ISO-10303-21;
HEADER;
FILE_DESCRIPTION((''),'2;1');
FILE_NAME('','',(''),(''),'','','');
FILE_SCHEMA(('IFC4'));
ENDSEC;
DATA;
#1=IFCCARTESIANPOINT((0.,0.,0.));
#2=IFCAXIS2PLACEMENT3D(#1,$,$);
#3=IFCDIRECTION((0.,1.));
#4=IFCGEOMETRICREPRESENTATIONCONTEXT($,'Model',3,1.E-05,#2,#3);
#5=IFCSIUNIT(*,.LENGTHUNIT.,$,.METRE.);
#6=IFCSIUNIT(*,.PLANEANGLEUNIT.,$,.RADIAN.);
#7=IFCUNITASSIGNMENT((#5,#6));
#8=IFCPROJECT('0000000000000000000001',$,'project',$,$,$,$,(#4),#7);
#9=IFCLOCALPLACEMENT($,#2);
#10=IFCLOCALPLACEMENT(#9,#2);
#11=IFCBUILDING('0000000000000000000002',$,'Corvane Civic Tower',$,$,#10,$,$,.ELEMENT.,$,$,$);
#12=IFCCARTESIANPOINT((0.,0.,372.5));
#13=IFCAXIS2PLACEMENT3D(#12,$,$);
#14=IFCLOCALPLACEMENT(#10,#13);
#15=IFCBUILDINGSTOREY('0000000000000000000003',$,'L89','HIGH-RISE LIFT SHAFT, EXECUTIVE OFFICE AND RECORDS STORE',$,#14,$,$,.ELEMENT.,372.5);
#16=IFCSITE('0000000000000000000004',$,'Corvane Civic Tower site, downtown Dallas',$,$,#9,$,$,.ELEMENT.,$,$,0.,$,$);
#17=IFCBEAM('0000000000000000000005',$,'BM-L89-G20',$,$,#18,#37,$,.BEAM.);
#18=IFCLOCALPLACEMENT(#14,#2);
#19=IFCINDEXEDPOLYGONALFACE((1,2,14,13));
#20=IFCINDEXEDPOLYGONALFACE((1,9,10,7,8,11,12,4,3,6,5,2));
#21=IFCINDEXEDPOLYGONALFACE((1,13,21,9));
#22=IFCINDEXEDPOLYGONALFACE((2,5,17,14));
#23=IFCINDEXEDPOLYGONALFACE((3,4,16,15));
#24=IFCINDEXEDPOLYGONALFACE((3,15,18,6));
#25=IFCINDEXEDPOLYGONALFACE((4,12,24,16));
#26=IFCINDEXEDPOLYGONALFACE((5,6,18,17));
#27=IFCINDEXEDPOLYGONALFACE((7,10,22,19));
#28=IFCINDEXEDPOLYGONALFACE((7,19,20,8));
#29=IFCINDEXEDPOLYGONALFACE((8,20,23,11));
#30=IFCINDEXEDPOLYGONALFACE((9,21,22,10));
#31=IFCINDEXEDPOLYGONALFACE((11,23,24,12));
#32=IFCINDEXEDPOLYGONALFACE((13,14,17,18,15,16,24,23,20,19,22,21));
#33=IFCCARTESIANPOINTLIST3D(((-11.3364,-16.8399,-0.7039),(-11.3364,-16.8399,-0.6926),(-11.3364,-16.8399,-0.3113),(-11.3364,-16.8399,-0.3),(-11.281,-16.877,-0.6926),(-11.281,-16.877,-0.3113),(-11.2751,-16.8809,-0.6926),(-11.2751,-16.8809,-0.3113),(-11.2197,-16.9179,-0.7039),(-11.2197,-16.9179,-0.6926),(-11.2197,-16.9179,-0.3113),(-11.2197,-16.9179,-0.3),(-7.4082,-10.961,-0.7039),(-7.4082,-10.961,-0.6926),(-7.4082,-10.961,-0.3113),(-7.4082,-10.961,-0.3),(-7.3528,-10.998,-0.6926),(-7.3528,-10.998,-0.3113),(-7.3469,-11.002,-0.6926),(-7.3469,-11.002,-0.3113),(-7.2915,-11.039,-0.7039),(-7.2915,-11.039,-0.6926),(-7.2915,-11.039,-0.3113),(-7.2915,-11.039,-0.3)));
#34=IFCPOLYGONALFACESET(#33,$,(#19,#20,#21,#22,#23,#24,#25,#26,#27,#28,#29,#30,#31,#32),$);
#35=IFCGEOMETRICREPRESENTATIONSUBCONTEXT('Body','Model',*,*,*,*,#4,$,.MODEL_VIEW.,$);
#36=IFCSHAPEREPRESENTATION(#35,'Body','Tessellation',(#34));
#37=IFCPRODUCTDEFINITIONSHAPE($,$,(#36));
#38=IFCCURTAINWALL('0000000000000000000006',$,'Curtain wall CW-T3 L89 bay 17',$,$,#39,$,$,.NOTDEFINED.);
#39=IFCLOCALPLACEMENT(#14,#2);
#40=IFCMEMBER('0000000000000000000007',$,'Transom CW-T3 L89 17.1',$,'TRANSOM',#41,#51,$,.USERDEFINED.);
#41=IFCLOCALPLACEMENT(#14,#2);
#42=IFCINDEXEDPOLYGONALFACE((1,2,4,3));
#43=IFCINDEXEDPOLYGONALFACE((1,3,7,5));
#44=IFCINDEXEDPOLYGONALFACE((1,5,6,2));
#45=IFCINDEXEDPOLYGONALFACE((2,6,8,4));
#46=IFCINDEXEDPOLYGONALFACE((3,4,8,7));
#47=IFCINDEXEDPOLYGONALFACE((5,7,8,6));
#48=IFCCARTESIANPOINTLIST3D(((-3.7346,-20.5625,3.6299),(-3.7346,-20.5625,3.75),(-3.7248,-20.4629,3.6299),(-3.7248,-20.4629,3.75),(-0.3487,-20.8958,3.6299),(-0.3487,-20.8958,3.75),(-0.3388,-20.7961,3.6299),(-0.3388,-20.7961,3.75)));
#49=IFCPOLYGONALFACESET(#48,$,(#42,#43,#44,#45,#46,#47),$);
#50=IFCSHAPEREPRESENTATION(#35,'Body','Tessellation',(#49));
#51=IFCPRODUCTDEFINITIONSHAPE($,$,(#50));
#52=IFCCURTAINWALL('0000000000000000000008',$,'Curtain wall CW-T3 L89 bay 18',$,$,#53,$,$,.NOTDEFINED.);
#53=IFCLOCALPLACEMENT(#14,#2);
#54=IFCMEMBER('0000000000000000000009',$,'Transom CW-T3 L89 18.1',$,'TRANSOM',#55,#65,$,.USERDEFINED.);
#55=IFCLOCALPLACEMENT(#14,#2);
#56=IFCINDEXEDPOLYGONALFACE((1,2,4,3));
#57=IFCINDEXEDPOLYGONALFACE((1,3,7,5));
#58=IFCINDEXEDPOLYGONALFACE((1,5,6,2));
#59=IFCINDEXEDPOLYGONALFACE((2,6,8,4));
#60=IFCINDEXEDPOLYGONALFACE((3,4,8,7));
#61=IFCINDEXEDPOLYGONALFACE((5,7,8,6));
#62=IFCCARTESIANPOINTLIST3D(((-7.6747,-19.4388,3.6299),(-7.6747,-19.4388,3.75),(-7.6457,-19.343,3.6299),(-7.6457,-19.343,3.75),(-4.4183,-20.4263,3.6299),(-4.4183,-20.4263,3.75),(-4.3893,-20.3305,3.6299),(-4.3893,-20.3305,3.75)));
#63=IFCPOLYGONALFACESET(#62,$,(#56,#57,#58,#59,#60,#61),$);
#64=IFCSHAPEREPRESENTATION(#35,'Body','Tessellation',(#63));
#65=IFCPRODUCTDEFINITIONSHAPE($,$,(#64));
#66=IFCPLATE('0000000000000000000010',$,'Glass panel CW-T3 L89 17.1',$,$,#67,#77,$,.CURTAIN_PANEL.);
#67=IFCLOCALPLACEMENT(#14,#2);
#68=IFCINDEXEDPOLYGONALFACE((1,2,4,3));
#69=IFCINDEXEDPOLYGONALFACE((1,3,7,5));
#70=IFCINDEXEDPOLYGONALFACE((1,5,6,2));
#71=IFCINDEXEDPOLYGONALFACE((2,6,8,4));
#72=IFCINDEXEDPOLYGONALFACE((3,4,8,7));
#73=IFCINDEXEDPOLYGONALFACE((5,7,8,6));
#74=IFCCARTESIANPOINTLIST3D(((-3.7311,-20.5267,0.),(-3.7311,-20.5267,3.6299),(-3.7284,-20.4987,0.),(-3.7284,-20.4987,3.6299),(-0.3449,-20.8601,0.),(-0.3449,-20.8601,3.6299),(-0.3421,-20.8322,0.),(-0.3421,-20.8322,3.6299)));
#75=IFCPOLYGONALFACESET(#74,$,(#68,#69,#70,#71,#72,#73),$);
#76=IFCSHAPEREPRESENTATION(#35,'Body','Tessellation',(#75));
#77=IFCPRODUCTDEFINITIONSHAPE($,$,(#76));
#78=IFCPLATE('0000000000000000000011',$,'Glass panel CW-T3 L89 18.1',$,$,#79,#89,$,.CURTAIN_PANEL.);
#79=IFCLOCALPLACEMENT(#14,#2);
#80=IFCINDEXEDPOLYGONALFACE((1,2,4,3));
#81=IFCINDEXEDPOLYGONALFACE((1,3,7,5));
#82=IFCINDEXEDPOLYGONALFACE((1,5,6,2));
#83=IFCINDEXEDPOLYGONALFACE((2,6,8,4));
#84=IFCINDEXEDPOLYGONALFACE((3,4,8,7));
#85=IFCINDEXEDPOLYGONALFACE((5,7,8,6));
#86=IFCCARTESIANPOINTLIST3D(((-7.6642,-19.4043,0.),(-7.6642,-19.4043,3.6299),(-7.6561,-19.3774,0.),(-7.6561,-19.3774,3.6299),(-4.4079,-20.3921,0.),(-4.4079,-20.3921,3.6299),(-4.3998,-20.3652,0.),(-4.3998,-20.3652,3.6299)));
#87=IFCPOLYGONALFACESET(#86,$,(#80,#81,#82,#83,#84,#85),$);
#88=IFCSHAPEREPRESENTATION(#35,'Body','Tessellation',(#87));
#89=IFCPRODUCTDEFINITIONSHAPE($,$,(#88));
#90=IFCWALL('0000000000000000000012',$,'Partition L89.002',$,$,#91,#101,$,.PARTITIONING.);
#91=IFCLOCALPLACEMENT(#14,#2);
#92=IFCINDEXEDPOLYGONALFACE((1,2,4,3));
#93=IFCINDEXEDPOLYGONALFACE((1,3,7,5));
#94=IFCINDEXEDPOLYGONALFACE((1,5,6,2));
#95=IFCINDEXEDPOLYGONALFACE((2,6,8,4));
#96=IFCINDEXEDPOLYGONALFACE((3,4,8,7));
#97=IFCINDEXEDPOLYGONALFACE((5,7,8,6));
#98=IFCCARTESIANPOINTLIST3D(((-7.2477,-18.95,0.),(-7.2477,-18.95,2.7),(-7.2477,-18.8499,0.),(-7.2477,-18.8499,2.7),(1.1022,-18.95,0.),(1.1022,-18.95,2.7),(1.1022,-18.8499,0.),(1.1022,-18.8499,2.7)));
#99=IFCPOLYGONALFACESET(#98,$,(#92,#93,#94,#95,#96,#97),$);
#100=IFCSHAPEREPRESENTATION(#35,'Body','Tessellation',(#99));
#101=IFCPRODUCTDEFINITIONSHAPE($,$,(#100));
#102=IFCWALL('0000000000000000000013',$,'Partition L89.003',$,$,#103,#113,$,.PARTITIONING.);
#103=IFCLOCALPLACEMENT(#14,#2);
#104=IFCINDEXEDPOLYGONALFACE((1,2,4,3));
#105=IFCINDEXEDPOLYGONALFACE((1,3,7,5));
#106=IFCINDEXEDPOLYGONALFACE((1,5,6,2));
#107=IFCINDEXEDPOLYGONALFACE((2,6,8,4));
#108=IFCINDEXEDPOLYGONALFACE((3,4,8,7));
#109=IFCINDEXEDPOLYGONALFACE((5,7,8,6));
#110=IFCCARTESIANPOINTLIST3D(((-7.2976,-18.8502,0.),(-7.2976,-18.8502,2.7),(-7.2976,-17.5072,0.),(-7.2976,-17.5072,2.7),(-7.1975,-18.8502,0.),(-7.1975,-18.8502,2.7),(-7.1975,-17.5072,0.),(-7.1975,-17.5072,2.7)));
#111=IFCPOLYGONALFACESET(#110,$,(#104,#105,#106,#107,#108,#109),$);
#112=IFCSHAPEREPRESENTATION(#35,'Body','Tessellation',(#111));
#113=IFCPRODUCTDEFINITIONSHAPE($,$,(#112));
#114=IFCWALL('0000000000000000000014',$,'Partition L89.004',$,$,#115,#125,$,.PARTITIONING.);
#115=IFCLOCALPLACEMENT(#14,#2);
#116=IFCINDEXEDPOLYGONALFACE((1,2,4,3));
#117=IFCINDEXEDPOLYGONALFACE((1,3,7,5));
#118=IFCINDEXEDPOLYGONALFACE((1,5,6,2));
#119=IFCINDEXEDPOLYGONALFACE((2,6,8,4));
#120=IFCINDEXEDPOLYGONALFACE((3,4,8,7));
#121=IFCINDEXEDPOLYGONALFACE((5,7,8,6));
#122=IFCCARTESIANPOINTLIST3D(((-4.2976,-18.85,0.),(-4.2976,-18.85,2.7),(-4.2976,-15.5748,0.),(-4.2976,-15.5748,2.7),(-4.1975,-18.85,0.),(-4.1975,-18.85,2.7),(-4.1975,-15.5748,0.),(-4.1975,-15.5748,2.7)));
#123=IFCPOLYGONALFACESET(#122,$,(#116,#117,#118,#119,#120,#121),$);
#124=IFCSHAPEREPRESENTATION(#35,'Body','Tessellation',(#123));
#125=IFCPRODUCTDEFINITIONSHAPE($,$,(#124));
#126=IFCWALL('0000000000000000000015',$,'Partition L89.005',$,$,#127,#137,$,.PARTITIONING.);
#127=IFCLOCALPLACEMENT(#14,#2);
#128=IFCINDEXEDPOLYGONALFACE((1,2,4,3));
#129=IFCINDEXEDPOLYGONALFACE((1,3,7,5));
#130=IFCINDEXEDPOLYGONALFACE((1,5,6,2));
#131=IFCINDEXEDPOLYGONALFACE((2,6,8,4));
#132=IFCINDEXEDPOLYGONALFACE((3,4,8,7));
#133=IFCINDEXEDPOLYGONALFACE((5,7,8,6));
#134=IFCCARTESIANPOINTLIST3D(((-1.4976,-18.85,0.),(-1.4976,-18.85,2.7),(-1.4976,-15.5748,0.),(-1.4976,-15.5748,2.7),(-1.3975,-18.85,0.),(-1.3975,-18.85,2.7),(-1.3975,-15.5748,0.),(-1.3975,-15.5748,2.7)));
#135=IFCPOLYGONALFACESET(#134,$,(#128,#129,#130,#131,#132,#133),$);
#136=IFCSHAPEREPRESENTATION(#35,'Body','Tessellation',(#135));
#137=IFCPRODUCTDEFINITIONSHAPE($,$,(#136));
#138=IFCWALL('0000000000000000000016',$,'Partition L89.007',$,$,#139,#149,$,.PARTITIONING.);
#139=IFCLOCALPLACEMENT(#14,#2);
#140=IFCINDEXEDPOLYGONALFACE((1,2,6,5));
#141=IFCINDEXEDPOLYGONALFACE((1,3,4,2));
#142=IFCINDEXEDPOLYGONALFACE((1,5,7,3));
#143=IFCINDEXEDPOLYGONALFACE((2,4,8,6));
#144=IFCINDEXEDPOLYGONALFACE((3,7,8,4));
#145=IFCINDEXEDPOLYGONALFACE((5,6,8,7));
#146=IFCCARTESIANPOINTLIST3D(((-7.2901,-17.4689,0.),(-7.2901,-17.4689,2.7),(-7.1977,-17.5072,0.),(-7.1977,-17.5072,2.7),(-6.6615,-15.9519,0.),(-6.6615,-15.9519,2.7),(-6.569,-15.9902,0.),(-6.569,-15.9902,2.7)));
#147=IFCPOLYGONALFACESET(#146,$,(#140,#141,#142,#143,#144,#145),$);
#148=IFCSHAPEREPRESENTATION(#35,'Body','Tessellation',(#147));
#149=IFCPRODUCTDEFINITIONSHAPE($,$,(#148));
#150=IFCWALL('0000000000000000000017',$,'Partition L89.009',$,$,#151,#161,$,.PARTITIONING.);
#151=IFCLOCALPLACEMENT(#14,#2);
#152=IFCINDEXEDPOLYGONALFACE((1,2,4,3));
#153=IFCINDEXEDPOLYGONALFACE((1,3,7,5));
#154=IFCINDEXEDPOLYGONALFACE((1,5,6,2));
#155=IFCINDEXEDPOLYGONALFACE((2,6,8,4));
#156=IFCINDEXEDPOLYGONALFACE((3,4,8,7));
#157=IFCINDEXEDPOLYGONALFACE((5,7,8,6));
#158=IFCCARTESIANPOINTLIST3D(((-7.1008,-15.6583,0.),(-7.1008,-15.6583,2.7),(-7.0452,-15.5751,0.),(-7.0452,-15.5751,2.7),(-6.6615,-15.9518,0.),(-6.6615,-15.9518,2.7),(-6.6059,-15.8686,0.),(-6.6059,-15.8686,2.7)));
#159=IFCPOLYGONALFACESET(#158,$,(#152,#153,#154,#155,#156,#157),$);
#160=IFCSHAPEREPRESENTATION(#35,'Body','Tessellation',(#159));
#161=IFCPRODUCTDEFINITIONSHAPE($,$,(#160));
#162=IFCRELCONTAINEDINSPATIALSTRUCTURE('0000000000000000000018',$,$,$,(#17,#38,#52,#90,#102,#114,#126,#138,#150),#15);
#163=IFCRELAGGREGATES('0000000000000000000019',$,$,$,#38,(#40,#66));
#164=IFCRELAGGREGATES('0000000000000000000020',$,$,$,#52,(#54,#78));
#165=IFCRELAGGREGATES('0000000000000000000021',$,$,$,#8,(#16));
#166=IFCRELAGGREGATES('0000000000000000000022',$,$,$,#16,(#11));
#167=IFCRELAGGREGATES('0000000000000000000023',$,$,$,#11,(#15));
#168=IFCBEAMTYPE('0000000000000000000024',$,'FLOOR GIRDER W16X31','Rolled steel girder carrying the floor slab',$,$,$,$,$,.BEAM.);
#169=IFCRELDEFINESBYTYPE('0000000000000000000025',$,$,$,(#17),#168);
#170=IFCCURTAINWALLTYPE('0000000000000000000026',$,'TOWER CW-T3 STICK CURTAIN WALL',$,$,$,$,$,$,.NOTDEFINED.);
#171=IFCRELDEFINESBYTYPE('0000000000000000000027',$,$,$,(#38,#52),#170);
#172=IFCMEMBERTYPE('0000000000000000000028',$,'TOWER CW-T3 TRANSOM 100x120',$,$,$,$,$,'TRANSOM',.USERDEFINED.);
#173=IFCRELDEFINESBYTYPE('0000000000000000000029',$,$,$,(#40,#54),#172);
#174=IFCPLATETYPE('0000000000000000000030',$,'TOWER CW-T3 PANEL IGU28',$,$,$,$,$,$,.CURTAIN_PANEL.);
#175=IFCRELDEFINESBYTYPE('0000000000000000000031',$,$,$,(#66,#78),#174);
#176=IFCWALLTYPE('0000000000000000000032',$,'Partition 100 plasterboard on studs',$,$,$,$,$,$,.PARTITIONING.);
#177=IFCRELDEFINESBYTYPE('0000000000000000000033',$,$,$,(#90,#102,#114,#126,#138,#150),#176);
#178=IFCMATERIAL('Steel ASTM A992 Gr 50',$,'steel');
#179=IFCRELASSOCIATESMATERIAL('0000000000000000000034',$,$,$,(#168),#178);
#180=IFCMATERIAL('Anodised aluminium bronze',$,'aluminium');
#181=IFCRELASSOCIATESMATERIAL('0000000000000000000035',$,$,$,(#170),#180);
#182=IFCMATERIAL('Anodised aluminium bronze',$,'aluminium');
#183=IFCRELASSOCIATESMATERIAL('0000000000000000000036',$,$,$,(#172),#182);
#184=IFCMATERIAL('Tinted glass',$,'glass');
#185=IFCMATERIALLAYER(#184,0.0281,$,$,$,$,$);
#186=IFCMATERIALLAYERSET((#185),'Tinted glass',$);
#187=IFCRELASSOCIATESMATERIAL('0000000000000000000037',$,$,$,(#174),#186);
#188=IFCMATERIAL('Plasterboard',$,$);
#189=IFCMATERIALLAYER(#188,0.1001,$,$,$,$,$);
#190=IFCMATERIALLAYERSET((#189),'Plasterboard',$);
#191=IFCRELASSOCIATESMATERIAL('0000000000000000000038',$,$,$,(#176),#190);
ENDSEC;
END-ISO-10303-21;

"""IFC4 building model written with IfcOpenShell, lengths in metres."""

from ifc_helpers import new_model, si_unit, direction, frame, frame_2d, origin, origin_2d, place, context, subcontext, project, spatial, rectangle, i_section, extrude, material, layer, layer_set, material_profile, profile_set, type_object, element, aggregate, save


model = new_model("IFC4")

# Units and contexts
model_context = context("Model", 3, precision=1e-05, world=origin(), true_north=direction((0.0, 1.0)))
body_context = subcontext(model_context, "Body", "Model", "MODEL_VIEW")
ifc_project = project(units=[si_unit("LENGTHUNIT", "METRE"), si_unit("PLANEANGLEUNIT", "RADIAN")], contexts=[model_context])

# Site, building, storey
site_placement = place(None, origin())
site = spatial("IfcSite", under=ifc_project, at=site_placement, Name="Corvane Civic Tower site, downtown Dallas", CompositionType="ELEMENT", RefElevation=0.0)
building_placement = place(site_placement, origin())
building = spatial("IfcBuilding", under=site, at=building_placement, Name="Corvane Civic Tower", CompositionType="ELEMENT")
storey_placement = place(building_placement, frame((0.0, 0.0, 372.5)))
storey = spatial("IfcBuildingStorey", under=building, at=storey_placement, Name="L89", Description="HIGH-RISE LIFT SHAFT, EXECUTIVE OFFICE AND RECORDS STORE", CompositionType="ELEMENT", Elevation=372.5)

# Beam
ifc_material_1 = material(Name="Steel ASTM A992 Gr 50", Category="steel")
ifc_material_profile_1 = material_profile(ifc_material_1, i_section(OverallWidth=0.1404, OverallDepth=0.4038, WebThickness=0.0071, FlangeThickness=0.0112, at=origin_2d()), Name="W16X31")
ifc_profile_set_1 = profile_set([ifc_material_profile_1], Name="Steel ASTM A992 Gr 50")
beam_type_1 = type_object("IfcBeamType", Name="FLOOR GIRDER W16X31", Description="Rolled steel girder carrying the floor slab", PredefinedType="BEAM", material=ifc_profile_set_1)
beam_1_placement = place(storey_placement, frame((-7.3499, -11.0, -0.502), z_axis=(-0.555576, -0.831465, 0.0), x_axis=(0.831465, -0.555576, 0.0)))
element("IfcBeam", 1, at=beam_1_placement, inside=storey, type_object=beam_type_1, Name="BM-L89-G20", PredefinedType="BEAM", context=body_context, shape_type="SweptSolid", body=[
    extrude(i_section(OverallWidth=0.1404, OverallDepth=0.4038, WebThickness=0.0071, FlangeThickness=0.0112, at=origin_2d()), origin(), (0.0, 0.0, 1.0), 7.0706),
])

# Curtain walls, members
ifc_material_2 = material(Name="Anodised aluminium bronze", Category="aluminium")
curtain_wall_type = type_object("IfcCurtainWallType", Name="TOWER CW-T3 STICK CURTAIN WALL", PredefinedType="NOTDEFINED", material=ifc_material_2)
curtain_wall_1_placement = place(storey_placement, origin())
curtain_wall_1 = element("IfcCurtainWall", 2, at=curtain_wall_1_placement, inside=storey, type_object=curtain_wall_type, Name="Curtain wall CW-T3 L89 bay 17", PredefinedType="NOTDEFINED")
ifc_material_3 = material(Name="Anodised aluminium bronze", Category="aluminium")
ifc_material_profile_2 = material_profile(ifc_material_3, rectangle(XDim=0.1001, YDim=0.1201, at=origin_2d()), Name="TOWER CW-T3 TRANSOM 100x120")
ifc_profile_set_2 = profile_set([ifc_material_profile_2], Name="Anodised aluminium bronze")
member_type = type_object("IfcMemberType", Name="TOWER CW-T3 TRANSOM 100x120", ElementType="TRANSOM", PredefinedType="USERDEFINED", material=ifc_profile_set_2)
member_1_placement = place(storey_placement, frame((-0.3438, -20.8459, 3.6899), z_axis=(-0.995192, 0.097948, 0.0), x_axis=(-0.097948, -0.995192, 0.0)))
member_1 = element("IfcMember", 3, at=member_1_placement, type_object=member_type, Name="Transom CW-T3 L89 17.1", ObjectType="TRANSOM", PredefinedType="USERDEFINED", context=body_context, shape_type="SweptSolid", body=[
    extrude(rectangle(XDim=0.1001, YDim=0.1201, at=origin_2d()), origin(), (0.0, 0.0, 1.0), 3.4023),
])
curtain_wall_2_placement = place(storey_placement, origin())
curtain_wall_2 = element("IfcCurtainWall", 4, at=curtain_wall_2_placement, inside=storey, type_object=curtain_wall_type, Name="Curtain wall CW-T3 L89 bay 18", PredefinedType="NOTDEFINED")
member_2_placement = place(storey_placement, frame((-4.4038, -20.3784, 3.6899), z_axis=(-0.956961, 0.290216, 0.0), x_axis=(-0.290216, -0.956961, 0.0)))
member_2 = element("IfcMember", 5, at=member_2_placement, type_object=member_type, Name="Transom CW-T3 L89 18.1", ObjectType="TRANSOM", PredefinedType="USERDEFINED", context=body_context, shape_type="SweptSolid", body=[
    extrude(rectangle(XDim=0.1001, YDim=0.1201, at=origin_2d()), origin(), (0.0, 0.0, 1.0), 3.4028),
])

# Plates
ifc_material_4 = material(Name="Tinted glass", Category="glass")
ifc_layer_1 = layer(ifc_material_4, 0.0281)
ifc_layer_set_1 = layer_set([ifc_layer_1], Name="Tinted glass")
plate_type = type_object("IfcPlateType", Name="TOWER CW-T3 PANEL IGU28", PredefinedType="CURTAIN_PANEL", material=ifc_layer_set_1)
plate_1_placement = place(storey_placement, frame((-2.0366, -20.6794, 0.0), z_axis=(0.0, 0.0, 1.0), x_axis=(-0.995187, 0.097998, 0.0)))
plate_1 = element("IfcPlate", 6, at=plate_1_placement, type_object=plate_type, Name="Glass panel CW-T3 L89 17.1", PredefinedType="CURTAIN_PANEL", context=body_context, shape_type="SweptSolid", body=[
    extrude(rectangle(XDim=3.4026, YDim=0.0281, at=origin_2d()), origin(), (0.0, 0.0, 1.0), 3.6299),
])
aggregate(curtain_wall_1, [member_1, plate_1])
plate_2_placement = place(storey_placement, frame((-6.032, -19.8848, 0.0), z_axis=(0.0, 0.0, 1.0), x_axis=(-0.956939, 0.29029, 0.0)))
plate_2 = element("IfcPlate", 7, at=plate_2_placement, type_object=plate_type, Name="Glass panel CW-T3 L89 18.1", PredefinedType="CURTAIN_PANEL", context=body_context, shape_type="SweptSolid", body=[
    extrude(rectangle(XDim=3.4028, YDim=0.0281, at=origin_2d()), origin(), (0.0, 0.0, 1.0), 3.6299),
])
aggregate(curtain_wall_2, [member_2, plate_2])

# Walls
ifc_material_5 = material(Name="Plasterboard")
ifc_layer_2 = layer(ifc_material_5, 0.1001)
ifc_layer_set_2 = layer_set([ifc_layer_2], Name="Plasterboard")
wall_type = type_object("IfcWallType", Name="Partition 100 plasterboard on studs", PredefinedType="PARTITIONING", material=ifc_layer_set_2)
wall_1_placement = place(storey_placement, frame((-7.2476, -18.8999, 0.0), z_axis=(0.0, 0.0, 1.0), x_axis=(1.0, 0.0, 0.0)))
element("IfcWall", 8, at=wall_1_placement, inside=storey, type_object=wall_type, Name="Partition L89.002", PredefinedType="PARTITIONING", context=body_context, shape_type="SweptSolid", body=[
    extrude(rectangle(XDim=8.3499, YDim=0.1001, at=frame_2d((4.1748, 0.0))), origin(), (0.0, 0.0, 1.0), 2.7),
])
wall_2_placement = place(storey_placement, frame((-7.2476, -18.8501, 0.0), z_axis=(0.0, 0.0, 1.0), x_axis=(0.0, 1.0, 0.0)))
element("IfcWall", 9, at=wall_2_placement, inside=storey, type_object=wall_type, Name="Partition L89.003", PredefinedType="PARTITIONING", context=body_context, shape_type="SweptSolid", body=[
    extrude(rectangle(XDim=1.343, YDim=0.1001, at=frame_2d((0.6714, 0.0))), origin(), (0.0, 0.0, 1.0), 2.7),
])
for number, where, z_axis, x_axis, name in (
    (10, (-4.2476, -18.8501, 0.0), (0.0, 0.0, 1.0), (0.0, 1.0, 0.0), "Partition L89.004"),
    (11, (-1.4475, -18.8501, 0.0), (0.0, 0.0, 1.0), (0.0, 1.0, 0.0), "Partition L89.005"),
):
    element("IfcWall", number, at=place(storey_placement, frame(where, z_axis=z_axis, x_axis=x_axis)), inside=storey, type_object=wall_type, Name=name, PredefinedType="PARTITIONING", context=body_context, shape_type="SweptSolid", body=[
        extrude(rectangle(XDim=3.2751, YDim=0.1001, at=frame_2d((1.6377, 0.0))), origin(), (0.0, 0.0, 1.0), 2.7),
    ])
wall_3_placement = place(storey_placement, frame((-7.2439, -17.488, 0.0), z_axis=(0.0, 0.0, 1.0), x_axis=(0.38282, 0.923823, 0.0)))
element("IfcWall", 12, at=wall_3_placement, inside=storey, type_object=wall_type, Name="Partition L89.007", PredefinedType="PARTITIONING", context=body_context, shape_type="SweptSolid", body=[
    extrude(rectangle(XDim=1.6421, YDim=0.1001, at=frame_2d((0.821, 0.0))), origin(), (0.0, 0.0, 1.0), 2.7),
])
wall_4_placement = place(storey_placement, frame((-7.073, -15.6167, 0.0), z_axis=(0.0, 0.0, 1.0), x_axis=(0.831481, -0.555553, 0.0)))
element("IfcWall", 13, at=wall_4_placement, inside=storey, type_object=wall_type, Name="Partition L89.009", PredefinedType="PARTITIONING", context=body_context, shape_type="SweptSolid", body=[
    extrude(rectangle(XDim=0.5283, YDim=0.1001, at=frame_2d((0.2642, 0.0))), origin(), (0.0, 0.0, 1.0), 2.7),
])

save(model, "model.ifc")
